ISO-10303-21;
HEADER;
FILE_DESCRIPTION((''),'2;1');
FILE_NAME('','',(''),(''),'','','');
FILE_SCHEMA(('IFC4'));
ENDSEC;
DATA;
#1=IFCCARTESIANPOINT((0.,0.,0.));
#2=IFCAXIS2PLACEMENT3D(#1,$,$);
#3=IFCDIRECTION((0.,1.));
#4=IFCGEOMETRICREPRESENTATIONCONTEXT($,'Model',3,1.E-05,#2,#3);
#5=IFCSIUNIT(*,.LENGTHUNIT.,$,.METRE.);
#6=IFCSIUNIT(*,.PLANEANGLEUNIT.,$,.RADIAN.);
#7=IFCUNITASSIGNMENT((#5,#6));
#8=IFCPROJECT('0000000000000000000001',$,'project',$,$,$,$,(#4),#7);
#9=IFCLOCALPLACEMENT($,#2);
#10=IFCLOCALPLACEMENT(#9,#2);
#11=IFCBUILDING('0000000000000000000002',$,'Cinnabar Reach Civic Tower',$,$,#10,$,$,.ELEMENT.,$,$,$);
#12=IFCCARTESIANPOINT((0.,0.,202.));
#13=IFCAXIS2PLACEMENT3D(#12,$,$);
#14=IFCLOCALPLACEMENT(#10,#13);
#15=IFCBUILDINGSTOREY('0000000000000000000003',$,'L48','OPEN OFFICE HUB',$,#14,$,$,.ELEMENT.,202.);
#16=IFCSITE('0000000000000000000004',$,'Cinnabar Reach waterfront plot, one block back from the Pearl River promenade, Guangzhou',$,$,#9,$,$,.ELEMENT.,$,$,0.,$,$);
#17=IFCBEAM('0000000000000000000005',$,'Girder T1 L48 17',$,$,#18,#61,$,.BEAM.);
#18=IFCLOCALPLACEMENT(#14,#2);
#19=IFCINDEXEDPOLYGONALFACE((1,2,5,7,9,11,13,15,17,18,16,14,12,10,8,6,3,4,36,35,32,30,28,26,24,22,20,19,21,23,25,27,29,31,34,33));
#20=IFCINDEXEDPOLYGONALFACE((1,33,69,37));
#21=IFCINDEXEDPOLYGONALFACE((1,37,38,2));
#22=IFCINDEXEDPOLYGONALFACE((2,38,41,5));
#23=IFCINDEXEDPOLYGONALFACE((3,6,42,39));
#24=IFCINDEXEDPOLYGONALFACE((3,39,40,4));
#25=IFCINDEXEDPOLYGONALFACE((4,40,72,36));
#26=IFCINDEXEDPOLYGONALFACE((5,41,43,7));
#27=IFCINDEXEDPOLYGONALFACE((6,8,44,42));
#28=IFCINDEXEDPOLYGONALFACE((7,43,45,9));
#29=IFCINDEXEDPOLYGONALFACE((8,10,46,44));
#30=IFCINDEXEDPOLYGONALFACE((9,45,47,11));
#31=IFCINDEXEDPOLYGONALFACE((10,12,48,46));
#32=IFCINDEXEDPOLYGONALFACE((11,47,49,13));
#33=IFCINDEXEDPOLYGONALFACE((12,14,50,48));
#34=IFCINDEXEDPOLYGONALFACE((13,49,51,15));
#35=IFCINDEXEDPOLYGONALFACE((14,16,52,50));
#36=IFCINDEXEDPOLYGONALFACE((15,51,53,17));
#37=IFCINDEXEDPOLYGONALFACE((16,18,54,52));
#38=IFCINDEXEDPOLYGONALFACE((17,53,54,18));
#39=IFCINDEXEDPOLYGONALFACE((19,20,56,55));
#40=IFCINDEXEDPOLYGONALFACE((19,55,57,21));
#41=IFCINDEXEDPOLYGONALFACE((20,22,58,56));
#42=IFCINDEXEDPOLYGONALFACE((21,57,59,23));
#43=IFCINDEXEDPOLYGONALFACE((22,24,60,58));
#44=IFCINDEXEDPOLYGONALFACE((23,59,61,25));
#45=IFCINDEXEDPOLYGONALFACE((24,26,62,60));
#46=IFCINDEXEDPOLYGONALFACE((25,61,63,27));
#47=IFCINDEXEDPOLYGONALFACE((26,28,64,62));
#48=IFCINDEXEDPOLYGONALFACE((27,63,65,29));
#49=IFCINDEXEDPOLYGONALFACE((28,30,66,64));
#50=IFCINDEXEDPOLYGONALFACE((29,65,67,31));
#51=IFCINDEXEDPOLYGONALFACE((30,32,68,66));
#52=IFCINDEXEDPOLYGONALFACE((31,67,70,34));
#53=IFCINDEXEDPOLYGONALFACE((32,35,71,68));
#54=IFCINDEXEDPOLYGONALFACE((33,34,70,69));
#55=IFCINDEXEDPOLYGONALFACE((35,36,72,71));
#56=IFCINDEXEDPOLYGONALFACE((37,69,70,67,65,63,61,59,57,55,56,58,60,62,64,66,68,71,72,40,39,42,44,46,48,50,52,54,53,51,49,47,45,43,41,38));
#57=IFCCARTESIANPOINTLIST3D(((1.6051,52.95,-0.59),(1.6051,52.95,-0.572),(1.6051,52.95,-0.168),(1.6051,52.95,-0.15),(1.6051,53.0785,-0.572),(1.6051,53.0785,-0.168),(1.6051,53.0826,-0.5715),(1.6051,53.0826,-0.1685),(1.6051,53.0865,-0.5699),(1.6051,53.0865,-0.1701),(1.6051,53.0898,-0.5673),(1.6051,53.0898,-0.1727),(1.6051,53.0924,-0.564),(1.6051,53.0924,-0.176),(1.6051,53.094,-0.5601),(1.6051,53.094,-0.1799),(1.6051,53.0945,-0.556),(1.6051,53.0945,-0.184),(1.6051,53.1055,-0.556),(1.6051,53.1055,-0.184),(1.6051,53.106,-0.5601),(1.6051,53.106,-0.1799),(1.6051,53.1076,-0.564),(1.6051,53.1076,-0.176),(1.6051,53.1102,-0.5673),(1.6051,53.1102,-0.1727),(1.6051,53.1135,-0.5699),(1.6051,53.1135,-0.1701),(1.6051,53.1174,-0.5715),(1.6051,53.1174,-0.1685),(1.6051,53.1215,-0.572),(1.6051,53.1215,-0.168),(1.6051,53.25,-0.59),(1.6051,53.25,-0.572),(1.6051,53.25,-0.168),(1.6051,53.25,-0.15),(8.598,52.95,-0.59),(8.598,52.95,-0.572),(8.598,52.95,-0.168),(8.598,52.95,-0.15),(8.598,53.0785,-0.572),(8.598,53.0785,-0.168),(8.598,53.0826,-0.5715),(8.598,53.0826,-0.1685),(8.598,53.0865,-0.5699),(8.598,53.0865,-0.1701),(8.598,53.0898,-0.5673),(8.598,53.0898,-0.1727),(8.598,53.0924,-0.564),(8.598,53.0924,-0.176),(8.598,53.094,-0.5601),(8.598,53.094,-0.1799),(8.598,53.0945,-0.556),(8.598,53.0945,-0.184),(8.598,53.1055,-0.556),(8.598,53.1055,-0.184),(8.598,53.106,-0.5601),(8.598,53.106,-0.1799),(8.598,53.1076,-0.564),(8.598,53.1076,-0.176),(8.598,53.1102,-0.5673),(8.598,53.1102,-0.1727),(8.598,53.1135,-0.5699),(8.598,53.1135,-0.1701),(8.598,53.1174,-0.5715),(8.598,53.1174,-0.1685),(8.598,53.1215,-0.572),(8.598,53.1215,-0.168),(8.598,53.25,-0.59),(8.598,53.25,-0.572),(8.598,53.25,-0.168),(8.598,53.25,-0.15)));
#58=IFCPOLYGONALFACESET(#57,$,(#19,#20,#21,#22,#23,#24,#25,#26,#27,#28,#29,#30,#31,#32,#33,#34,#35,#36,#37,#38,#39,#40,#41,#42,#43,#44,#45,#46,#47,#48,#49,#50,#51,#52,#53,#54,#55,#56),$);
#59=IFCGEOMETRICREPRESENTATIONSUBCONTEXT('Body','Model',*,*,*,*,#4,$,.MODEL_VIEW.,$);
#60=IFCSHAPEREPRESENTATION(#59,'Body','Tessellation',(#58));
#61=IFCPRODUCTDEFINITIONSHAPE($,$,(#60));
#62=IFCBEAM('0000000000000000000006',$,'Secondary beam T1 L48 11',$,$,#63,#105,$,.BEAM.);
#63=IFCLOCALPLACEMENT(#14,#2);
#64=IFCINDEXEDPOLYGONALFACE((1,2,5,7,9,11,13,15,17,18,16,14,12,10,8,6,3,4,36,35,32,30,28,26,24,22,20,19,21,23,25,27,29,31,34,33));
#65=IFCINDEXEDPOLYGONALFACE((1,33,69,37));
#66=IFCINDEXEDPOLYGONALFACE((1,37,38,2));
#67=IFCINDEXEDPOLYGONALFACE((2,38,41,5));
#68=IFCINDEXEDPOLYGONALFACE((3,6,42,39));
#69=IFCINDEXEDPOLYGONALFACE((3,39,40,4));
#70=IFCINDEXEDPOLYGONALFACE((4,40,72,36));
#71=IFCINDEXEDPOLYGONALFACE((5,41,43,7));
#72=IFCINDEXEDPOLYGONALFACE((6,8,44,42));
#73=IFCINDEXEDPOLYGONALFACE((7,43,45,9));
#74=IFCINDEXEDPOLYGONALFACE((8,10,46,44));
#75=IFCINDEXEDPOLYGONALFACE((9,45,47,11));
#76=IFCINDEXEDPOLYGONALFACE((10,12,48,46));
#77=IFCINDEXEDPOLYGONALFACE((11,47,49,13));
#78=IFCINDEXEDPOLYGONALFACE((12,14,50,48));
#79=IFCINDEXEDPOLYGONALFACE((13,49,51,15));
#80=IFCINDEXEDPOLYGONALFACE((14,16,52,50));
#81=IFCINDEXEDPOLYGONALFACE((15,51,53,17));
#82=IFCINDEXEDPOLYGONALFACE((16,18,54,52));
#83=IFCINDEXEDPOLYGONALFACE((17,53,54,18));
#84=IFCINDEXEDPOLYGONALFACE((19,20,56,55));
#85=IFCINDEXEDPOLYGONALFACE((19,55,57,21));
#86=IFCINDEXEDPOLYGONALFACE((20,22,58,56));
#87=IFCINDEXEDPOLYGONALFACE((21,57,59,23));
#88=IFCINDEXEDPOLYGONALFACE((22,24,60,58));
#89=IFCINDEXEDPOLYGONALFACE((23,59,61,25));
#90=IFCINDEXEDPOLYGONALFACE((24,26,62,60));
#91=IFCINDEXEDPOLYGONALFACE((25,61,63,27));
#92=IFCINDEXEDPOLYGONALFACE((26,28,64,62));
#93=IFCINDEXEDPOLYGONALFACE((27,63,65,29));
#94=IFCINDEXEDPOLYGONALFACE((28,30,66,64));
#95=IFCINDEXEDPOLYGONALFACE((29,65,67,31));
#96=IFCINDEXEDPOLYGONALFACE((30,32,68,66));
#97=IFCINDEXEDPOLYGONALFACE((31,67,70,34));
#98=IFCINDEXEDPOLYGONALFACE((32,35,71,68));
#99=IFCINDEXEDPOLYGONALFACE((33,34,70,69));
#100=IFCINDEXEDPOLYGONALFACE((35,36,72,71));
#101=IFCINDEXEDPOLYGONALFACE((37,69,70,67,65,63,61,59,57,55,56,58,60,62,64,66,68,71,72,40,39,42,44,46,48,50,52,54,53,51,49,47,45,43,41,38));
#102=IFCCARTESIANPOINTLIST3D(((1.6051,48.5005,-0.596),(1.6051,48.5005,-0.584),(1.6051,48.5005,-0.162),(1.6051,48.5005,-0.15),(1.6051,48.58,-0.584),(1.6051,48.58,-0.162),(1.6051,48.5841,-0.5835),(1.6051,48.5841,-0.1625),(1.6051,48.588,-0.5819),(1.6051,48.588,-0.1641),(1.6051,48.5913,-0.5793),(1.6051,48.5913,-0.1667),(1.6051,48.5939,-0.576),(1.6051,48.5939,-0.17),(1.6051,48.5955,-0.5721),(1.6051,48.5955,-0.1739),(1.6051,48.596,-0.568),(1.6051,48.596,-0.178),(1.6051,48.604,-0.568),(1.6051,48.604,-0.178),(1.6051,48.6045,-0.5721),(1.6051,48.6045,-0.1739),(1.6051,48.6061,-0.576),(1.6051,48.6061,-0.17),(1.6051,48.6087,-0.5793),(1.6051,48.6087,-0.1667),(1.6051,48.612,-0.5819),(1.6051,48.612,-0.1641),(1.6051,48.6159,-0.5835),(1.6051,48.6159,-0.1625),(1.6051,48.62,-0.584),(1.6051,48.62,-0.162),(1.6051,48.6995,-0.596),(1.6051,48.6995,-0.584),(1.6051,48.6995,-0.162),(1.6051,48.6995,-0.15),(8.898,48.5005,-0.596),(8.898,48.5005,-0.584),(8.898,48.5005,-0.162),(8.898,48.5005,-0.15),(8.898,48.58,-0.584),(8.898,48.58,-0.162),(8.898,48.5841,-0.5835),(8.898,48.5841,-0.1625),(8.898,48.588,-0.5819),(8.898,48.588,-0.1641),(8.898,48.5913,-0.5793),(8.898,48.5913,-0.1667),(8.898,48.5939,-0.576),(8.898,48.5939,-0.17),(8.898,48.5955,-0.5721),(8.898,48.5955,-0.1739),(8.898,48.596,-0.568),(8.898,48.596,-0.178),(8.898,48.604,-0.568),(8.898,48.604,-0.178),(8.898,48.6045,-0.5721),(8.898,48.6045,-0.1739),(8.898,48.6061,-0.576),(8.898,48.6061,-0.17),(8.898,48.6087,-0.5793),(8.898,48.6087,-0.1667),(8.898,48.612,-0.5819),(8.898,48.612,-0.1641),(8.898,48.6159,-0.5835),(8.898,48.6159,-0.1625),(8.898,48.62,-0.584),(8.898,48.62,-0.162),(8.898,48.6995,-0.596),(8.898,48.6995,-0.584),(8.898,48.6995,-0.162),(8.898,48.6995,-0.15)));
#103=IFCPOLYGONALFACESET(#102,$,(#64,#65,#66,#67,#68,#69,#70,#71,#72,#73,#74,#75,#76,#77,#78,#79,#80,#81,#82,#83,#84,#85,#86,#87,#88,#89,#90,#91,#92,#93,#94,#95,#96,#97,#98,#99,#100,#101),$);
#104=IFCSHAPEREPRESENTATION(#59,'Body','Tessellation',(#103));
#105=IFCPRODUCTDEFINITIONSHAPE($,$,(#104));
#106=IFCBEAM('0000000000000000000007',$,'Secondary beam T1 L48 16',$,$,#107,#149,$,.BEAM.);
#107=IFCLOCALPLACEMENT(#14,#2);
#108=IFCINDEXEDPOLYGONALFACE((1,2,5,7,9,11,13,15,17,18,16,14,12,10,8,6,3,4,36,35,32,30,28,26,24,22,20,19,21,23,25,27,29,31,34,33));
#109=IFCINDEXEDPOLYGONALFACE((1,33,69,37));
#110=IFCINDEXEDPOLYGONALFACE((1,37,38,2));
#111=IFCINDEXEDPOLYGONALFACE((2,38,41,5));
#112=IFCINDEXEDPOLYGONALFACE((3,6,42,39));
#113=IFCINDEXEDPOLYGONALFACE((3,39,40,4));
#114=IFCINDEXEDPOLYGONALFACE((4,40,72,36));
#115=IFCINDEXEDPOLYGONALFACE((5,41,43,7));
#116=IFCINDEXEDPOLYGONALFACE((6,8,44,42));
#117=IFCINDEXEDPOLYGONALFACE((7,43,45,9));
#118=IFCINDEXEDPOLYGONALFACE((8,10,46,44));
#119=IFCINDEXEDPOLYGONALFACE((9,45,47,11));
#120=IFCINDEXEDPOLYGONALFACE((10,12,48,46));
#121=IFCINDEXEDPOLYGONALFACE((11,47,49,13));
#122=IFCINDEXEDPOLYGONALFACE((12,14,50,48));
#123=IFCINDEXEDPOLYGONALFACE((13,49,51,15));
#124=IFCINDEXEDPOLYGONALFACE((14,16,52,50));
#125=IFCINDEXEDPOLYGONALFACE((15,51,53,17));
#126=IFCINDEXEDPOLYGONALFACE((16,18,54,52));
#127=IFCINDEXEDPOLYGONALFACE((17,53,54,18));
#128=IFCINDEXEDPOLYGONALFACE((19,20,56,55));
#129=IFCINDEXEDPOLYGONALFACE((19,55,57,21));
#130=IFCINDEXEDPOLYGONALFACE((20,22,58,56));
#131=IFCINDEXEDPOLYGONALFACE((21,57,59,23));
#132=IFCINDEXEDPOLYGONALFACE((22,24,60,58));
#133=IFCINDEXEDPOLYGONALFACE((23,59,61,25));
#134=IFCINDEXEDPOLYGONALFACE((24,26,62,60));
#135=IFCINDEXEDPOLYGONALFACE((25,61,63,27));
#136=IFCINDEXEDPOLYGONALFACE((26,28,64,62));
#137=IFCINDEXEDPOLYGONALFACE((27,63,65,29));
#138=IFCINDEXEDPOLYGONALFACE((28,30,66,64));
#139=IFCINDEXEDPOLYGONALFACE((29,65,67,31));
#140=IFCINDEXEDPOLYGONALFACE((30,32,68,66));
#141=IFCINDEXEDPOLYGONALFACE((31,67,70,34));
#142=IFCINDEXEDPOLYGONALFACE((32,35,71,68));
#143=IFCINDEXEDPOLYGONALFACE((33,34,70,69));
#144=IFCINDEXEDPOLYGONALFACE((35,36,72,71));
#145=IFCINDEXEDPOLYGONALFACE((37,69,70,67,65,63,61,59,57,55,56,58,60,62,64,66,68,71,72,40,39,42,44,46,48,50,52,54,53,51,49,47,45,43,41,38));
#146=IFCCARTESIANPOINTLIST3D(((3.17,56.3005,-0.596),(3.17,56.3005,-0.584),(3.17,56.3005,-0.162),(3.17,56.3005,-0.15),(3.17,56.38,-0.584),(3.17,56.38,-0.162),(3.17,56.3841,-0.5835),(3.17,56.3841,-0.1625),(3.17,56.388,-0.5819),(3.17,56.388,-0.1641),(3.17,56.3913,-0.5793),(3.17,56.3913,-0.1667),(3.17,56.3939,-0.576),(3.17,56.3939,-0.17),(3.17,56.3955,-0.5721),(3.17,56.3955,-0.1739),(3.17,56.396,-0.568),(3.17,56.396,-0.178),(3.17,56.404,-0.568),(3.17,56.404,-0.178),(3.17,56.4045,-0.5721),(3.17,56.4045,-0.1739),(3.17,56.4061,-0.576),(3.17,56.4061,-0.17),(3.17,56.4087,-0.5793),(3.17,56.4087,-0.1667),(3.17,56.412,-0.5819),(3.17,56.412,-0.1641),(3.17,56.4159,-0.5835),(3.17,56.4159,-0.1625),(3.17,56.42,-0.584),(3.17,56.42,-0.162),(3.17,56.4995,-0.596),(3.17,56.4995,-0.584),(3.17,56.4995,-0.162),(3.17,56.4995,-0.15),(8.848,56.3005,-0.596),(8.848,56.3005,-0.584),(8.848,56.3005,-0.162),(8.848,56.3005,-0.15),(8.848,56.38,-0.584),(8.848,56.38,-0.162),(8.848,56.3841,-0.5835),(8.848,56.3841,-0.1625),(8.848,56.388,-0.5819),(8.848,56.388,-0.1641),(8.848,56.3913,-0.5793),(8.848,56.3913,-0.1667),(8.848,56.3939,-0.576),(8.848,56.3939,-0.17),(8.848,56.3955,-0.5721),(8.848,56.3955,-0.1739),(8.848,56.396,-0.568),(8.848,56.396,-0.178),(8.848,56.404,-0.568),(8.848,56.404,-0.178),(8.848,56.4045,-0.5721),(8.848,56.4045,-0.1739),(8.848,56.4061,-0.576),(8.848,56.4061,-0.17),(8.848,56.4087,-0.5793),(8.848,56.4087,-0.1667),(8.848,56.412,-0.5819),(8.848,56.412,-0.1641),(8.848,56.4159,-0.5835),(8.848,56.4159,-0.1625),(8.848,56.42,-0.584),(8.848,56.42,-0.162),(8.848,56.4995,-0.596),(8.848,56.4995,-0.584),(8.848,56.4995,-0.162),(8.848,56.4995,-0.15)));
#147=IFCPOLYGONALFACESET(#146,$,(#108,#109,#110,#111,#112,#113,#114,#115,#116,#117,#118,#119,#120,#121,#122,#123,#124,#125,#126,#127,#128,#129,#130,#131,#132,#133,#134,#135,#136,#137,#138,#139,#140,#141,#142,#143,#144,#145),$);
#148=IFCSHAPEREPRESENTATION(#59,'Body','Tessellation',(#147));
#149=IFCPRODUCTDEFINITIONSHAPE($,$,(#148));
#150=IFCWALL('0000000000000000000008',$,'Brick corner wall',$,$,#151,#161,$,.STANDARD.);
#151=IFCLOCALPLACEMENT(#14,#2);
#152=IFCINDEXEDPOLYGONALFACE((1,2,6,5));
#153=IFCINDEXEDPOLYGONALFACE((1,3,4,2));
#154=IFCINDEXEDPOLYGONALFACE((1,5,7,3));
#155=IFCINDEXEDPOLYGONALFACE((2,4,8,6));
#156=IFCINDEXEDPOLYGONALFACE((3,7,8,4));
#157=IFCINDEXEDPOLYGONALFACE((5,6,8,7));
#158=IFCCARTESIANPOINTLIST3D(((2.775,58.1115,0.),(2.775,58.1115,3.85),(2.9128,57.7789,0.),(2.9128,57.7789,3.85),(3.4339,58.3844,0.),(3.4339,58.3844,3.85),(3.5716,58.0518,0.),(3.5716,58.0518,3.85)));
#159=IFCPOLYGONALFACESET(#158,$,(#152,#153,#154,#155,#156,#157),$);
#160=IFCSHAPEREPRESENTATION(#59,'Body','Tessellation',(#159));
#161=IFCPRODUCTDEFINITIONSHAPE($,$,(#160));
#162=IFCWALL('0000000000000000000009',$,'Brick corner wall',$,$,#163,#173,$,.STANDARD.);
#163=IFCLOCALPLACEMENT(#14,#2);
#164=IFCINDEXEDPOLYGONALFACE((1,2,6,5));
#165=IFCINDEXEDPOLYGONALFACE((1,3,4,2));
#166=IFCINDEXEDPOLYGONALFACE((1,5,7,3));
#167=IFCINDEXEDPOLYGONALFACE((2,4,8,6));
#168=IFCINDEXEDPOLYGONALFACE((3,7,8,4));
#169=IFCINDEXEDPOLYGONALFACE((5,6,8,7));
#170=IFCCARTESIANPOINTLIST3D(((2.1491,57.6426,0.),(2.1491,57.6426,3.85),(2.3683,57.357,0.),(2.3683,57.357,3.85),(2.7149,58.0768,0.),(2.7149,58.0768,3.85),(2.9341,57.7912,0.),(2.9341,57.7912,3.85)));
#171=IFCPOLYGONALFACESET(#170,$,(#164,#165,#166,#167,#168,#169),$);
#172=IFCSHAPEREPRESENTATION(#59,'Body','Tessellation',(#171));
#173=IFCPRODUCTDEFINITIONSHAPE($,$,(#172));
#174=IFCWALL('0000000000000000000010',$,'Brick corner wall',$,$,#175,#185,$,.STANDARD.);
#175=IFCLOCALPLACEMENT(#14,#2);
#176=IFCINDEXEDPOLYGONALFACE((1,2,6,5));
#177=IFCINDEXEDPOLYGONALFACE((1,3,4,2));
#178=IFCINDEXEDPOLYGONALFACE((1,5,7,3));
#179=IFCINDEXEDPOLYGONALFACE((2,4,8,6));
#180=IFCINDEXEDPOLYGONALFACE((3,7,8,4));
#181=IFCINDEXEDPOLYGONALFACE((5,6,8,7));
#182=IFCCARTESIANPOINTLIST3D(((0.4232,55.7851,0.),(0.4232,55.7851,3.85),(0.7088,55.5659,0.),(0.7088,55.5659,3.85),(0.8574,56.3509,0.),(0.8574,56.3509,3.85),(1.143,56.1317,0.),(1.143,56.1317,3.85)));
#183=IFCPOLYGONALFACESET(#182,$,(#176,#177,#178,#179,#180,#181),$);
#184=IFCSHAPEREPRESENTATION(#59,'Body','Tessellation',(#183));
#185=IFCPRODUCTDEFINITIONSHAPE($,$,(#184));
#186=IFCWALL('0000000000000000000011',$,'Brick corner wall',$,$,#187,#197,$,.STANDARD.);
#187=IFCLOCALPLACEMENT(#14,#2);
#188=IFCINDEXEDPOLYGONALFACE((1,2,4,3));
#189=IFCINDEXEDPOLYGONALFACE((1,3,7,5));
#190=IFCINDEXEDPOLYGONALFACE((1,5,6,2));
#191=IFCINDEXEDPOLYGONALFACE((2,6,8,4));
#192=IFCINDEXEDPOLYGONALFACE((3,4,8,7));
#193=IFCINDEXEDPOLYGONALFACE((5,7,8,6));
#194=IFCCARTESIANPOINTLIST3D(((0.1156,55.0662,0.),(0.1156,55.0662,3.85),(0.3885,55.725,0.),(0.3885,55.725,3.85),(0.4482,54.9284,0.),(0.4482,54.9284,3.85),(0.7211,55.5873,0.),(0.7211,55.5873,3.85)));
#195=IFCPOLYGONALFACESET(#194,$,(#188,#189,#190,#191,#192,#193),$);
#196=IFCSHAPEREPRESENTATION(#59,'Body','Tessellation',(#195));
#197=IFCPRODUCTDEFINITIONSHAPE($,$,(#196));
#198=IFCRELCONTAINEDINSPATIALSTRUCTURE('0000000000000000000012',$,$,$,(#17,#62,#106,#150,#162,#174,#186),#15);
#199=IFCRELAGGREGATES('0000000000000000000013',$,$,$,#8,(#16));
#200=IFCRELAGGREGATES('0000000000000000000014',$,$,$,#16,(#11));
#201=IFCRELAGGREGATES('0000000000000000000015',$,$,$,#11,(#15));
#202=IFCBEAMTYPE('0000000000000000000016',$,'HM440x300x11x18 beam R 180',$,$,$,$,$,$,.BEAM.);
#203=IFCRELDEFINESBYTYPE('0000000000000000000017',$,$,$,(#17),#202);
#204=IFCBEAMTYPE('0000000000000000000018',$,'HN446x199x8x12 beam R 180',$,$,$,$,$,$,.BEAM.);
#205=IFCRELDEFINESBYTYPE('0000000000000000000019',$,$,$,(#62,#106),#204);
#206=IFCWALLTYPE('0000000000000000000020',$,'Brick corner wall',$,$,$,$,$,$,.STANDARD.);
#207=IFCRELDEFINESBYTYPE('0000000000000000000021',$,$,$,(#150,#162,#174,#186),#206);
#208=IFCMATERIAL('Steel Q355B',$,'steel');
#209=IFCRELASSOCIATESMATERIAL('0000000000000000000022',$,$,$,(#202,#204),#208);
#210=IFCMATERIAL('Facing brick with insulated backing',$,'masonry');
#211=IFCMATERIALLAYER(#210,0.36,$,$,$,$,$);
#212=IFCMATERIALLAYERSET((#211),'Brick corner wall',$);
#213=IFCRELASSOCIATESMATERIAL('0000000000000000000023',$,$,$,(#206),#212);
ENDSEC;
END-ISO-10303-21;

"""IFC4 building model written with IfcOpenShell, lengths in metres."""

from ifc_helpers import new_model, si_unit, direction, frame, frame_2d, origin, origin_2d, place, context, subcontext, project, spatial, rectangle, i_section, extrude, material, layer, layer_set, material_profile, profile_set, type_object, element, save


model = new_model("IFC4")

# Units and contexts
model_context = context("Model", 3, precision=1e-05, world=origin(), true_north=direction((0.0, 1.0)))
body_context = subcontext(model_context, "Body", "Model", "MODEL_VIEW")
ifc_project = project(units=[si_unit("LENGTHUNIT", "METRE"), si_unit("PLANEANGLEUNIT", "RADIAN")], contexts=[model_context])

# Site, building, storey
site_placement = place(None, origin())
site = spatial("IfcSite", under=ifc_project, at=site_placement, Name="Cinnabar Reach waterfront plot, one block back from the Pearl River promenade, Guangzhou", CompositionType="ELEMENT", RefElevation=0.0)
building_placement = place(site_placement, origin())
building = spatial("IfcBuilding", under=site, at=building_placement, Name="Cinnabar Reach Civic Tower", CompositionType="ELEMENT")
storey_placement = place(building_placement, frame((0.0, 0.0, 202.0)))
storey = spatial("IfcBuildingStorey", under=building, at=storey_placement, Name="L48", Description="OPEN OFFICE HUB", CompositionType="ELEMENT", Elevation=202.0)

# Beams
ifc_material_1 = material(Name="Steel Q355B", Category="steel")
ifc_material_profile_1 = material_profile(ifc_material_1, i_section(OverallWidth=0.3, OverallDepth=0.44, WebThickness=0.011, FlangeThickness=0.018, FilletRadius=0.016, at=origin_2d()), Name="HM440x300x11x18")
ifc_profile_set_1 = profile_set([ifc_material_profile_1], Name="Steel Q355B")
beam_type_1 = type_object("IfcBeamType", Name="HM440x300x11x18 beam R 180", PredefinedType="BEAM", material=ifc_profile_set_1)
beam_1_placement = place(storey_placement, frame((1.6051, 53.1, -0.37), z_axis=(1.0, 0.0, 0.0), x_axis=(0.0, 1.0, 0.0)))
element("IfcBeam", 1, at=beam_1_placement, inside=storey, type_object=beam_type_1, Name="Girder T1 L48 17", PredefinedType="BEAM", context=body_context, shape_type="SweptSolid", body=[
    extrude(i_section(OverallWidth=0.3, OverallDepth=0.44, WebThickness=0.011, FlangeThickness=0.018, FilletRadius=0.016, at=origin_2d()), origin(), (0.0, 0.0, 1.0), 6.9929),
])
ifc_material_profile_2 = material_profile(ifc_material_1, i_section(OverallWidth=0.199, OverallDepth=0.446, WebThickness=0.008, FlangeThickness=0.012, FilletRadius=0.016, at=origin_2d()), Name="HN446x199x8x12")
ifc_profile_set_2 = profile_set([ifc_material_profile_2], Name="Steel Q355B")
beam_type_2 = type_object("IfcBeamType", Name="HN446x199x8x12 beam R 180", PredefinedType="BEAM", material=ifc_profile_set_2)
beam_2_placement = place(storey_placement, frame((1.6051, 48.6, -0.373), z_axis=(1.0, 0.0, 0.0), x_axis=(0.0, 1.0, 0.0)))
element("IfcBeam", 2, at=beam_2_placement, inside=storey, type_object=beam_type_2, Name="Secondary beam T1 L48 11", PredefinedType="BEAM", context=body_context, shape_type="SweptSolid", body=[
    extrude(i_section(OverallWidth=0.199, OverallDepth=0.446, WebThickness=0.008, FlangeThickness=0.012, FilletRadius=0.016, at=origin_2d()), origin(), (0.0, 0.0, 1.0), 7.2929),
])
beam_3_placement = place(storey_placement, frame((3.17, 56.4, -0.373), z_axis=(1.0, 0.0, 0.0), x_axis=(0.0, 1.0, 0.0)))
element("IfcBeam", 3, at=beam_3_placement, inside=storey, type_object=beam_type_2, Name="Secondary beam T1 L48 16", PredefinedType="BEAM", context=body_context, shape_type="SweptSolid", body=[
    extrude(i_section(OverallWidth=0.199, OverallDepth=0.446, WebThickness=0.008, FlangeThickness=0.012, FilletRadius=0.016, at=origin_2d()), origin(), (0.0, 0.0, 1.0), 5.678),
])

# Walls
ifc_material_2 = material(Name="Facing brick with insulated backing", Category="masonry")
ifc_layer_1 = layer(ifc_material_2, 0.36)
ifc_layer_set_1 = layer_set([ifc_layer_1], Name="Brick corner wall")
wall_type_1 = type_object("IfcWallType", Name="Brick corner wall", PredefinedType="STANDARD", material=ifc_layer_set_1)
wall_1_placement = place(storey_placement, frame((3.5027, 58.2181, 0.0), z_axis=(0.0, 0.0, 1.0), x_axis=(-0.923872, -0.382703, 0.0)))
element("IfcWall", 4, at=wall_1_placement, inside=storey, type_object=wall_type_1, Name="Brick corner wall", PredefinedType="STANDARD", context=body_context, shape_type="SweptSolid", body=[
    extrude(rectangle(XDim=0.7131, YDim=0.36, at=frame_2d((0.3565, 0.0))), origin(), (0.0, 0.0, 1.0), 3.85),
])
for number, where, z_axis, x_axis, name in (
    (5, (2.8245, 57.934, 0.0), (0.0, 0.0, 1.0), (-0.793322, -0.608802, 0.0), "Brick corner wall"),
    (6, (1.0002, 56.2413, 0.0), (0.0, 0.0, 1.0), (-0.608802, -0.793322, 0.0), "Brick corner wall"),
):
    element("IfcWall", number, at=place(storey_placement, frame(where, z_axis=z_axis, x_axis=x_axis)), inside=storey, type_object=wall_type_1, Name=name, PredefinedType="STANDARD", context=body_context, shape_type="SweptSolid", body=[
        extrude(rectangle(XDim=0.7132, YDim=0.36, at=frame_2d((0.3566, 0.0))), origin(), (0.0, 0.0, 1.0), 3.85),
    ])
for number, where, z_axis, x_axis, name in (
    (7, (0.5548, 55.6561, 0.0), (0.0, 0.0, 1.0), (-0.382703, -0.923872, 0.0), "Brick corner wall"),
):
    element("IfcWall", number, at=place(storey_placement, frame(where, z_axis=z_axis, x_axis=x_axis)), inside=storey, type_object=wall_type_1, Name=name, PredefinedType="STANDARD", context=body_context, shape_type="SweptSolid", body=[
        extrude(rectangle(XDim=0.7131, YDim=0.36, at=frame_2d((0.3565, 0.0))), origin(), (0.0, 0.0, 1.0), 3.85),
    ])

save(model, "model.ifc")
